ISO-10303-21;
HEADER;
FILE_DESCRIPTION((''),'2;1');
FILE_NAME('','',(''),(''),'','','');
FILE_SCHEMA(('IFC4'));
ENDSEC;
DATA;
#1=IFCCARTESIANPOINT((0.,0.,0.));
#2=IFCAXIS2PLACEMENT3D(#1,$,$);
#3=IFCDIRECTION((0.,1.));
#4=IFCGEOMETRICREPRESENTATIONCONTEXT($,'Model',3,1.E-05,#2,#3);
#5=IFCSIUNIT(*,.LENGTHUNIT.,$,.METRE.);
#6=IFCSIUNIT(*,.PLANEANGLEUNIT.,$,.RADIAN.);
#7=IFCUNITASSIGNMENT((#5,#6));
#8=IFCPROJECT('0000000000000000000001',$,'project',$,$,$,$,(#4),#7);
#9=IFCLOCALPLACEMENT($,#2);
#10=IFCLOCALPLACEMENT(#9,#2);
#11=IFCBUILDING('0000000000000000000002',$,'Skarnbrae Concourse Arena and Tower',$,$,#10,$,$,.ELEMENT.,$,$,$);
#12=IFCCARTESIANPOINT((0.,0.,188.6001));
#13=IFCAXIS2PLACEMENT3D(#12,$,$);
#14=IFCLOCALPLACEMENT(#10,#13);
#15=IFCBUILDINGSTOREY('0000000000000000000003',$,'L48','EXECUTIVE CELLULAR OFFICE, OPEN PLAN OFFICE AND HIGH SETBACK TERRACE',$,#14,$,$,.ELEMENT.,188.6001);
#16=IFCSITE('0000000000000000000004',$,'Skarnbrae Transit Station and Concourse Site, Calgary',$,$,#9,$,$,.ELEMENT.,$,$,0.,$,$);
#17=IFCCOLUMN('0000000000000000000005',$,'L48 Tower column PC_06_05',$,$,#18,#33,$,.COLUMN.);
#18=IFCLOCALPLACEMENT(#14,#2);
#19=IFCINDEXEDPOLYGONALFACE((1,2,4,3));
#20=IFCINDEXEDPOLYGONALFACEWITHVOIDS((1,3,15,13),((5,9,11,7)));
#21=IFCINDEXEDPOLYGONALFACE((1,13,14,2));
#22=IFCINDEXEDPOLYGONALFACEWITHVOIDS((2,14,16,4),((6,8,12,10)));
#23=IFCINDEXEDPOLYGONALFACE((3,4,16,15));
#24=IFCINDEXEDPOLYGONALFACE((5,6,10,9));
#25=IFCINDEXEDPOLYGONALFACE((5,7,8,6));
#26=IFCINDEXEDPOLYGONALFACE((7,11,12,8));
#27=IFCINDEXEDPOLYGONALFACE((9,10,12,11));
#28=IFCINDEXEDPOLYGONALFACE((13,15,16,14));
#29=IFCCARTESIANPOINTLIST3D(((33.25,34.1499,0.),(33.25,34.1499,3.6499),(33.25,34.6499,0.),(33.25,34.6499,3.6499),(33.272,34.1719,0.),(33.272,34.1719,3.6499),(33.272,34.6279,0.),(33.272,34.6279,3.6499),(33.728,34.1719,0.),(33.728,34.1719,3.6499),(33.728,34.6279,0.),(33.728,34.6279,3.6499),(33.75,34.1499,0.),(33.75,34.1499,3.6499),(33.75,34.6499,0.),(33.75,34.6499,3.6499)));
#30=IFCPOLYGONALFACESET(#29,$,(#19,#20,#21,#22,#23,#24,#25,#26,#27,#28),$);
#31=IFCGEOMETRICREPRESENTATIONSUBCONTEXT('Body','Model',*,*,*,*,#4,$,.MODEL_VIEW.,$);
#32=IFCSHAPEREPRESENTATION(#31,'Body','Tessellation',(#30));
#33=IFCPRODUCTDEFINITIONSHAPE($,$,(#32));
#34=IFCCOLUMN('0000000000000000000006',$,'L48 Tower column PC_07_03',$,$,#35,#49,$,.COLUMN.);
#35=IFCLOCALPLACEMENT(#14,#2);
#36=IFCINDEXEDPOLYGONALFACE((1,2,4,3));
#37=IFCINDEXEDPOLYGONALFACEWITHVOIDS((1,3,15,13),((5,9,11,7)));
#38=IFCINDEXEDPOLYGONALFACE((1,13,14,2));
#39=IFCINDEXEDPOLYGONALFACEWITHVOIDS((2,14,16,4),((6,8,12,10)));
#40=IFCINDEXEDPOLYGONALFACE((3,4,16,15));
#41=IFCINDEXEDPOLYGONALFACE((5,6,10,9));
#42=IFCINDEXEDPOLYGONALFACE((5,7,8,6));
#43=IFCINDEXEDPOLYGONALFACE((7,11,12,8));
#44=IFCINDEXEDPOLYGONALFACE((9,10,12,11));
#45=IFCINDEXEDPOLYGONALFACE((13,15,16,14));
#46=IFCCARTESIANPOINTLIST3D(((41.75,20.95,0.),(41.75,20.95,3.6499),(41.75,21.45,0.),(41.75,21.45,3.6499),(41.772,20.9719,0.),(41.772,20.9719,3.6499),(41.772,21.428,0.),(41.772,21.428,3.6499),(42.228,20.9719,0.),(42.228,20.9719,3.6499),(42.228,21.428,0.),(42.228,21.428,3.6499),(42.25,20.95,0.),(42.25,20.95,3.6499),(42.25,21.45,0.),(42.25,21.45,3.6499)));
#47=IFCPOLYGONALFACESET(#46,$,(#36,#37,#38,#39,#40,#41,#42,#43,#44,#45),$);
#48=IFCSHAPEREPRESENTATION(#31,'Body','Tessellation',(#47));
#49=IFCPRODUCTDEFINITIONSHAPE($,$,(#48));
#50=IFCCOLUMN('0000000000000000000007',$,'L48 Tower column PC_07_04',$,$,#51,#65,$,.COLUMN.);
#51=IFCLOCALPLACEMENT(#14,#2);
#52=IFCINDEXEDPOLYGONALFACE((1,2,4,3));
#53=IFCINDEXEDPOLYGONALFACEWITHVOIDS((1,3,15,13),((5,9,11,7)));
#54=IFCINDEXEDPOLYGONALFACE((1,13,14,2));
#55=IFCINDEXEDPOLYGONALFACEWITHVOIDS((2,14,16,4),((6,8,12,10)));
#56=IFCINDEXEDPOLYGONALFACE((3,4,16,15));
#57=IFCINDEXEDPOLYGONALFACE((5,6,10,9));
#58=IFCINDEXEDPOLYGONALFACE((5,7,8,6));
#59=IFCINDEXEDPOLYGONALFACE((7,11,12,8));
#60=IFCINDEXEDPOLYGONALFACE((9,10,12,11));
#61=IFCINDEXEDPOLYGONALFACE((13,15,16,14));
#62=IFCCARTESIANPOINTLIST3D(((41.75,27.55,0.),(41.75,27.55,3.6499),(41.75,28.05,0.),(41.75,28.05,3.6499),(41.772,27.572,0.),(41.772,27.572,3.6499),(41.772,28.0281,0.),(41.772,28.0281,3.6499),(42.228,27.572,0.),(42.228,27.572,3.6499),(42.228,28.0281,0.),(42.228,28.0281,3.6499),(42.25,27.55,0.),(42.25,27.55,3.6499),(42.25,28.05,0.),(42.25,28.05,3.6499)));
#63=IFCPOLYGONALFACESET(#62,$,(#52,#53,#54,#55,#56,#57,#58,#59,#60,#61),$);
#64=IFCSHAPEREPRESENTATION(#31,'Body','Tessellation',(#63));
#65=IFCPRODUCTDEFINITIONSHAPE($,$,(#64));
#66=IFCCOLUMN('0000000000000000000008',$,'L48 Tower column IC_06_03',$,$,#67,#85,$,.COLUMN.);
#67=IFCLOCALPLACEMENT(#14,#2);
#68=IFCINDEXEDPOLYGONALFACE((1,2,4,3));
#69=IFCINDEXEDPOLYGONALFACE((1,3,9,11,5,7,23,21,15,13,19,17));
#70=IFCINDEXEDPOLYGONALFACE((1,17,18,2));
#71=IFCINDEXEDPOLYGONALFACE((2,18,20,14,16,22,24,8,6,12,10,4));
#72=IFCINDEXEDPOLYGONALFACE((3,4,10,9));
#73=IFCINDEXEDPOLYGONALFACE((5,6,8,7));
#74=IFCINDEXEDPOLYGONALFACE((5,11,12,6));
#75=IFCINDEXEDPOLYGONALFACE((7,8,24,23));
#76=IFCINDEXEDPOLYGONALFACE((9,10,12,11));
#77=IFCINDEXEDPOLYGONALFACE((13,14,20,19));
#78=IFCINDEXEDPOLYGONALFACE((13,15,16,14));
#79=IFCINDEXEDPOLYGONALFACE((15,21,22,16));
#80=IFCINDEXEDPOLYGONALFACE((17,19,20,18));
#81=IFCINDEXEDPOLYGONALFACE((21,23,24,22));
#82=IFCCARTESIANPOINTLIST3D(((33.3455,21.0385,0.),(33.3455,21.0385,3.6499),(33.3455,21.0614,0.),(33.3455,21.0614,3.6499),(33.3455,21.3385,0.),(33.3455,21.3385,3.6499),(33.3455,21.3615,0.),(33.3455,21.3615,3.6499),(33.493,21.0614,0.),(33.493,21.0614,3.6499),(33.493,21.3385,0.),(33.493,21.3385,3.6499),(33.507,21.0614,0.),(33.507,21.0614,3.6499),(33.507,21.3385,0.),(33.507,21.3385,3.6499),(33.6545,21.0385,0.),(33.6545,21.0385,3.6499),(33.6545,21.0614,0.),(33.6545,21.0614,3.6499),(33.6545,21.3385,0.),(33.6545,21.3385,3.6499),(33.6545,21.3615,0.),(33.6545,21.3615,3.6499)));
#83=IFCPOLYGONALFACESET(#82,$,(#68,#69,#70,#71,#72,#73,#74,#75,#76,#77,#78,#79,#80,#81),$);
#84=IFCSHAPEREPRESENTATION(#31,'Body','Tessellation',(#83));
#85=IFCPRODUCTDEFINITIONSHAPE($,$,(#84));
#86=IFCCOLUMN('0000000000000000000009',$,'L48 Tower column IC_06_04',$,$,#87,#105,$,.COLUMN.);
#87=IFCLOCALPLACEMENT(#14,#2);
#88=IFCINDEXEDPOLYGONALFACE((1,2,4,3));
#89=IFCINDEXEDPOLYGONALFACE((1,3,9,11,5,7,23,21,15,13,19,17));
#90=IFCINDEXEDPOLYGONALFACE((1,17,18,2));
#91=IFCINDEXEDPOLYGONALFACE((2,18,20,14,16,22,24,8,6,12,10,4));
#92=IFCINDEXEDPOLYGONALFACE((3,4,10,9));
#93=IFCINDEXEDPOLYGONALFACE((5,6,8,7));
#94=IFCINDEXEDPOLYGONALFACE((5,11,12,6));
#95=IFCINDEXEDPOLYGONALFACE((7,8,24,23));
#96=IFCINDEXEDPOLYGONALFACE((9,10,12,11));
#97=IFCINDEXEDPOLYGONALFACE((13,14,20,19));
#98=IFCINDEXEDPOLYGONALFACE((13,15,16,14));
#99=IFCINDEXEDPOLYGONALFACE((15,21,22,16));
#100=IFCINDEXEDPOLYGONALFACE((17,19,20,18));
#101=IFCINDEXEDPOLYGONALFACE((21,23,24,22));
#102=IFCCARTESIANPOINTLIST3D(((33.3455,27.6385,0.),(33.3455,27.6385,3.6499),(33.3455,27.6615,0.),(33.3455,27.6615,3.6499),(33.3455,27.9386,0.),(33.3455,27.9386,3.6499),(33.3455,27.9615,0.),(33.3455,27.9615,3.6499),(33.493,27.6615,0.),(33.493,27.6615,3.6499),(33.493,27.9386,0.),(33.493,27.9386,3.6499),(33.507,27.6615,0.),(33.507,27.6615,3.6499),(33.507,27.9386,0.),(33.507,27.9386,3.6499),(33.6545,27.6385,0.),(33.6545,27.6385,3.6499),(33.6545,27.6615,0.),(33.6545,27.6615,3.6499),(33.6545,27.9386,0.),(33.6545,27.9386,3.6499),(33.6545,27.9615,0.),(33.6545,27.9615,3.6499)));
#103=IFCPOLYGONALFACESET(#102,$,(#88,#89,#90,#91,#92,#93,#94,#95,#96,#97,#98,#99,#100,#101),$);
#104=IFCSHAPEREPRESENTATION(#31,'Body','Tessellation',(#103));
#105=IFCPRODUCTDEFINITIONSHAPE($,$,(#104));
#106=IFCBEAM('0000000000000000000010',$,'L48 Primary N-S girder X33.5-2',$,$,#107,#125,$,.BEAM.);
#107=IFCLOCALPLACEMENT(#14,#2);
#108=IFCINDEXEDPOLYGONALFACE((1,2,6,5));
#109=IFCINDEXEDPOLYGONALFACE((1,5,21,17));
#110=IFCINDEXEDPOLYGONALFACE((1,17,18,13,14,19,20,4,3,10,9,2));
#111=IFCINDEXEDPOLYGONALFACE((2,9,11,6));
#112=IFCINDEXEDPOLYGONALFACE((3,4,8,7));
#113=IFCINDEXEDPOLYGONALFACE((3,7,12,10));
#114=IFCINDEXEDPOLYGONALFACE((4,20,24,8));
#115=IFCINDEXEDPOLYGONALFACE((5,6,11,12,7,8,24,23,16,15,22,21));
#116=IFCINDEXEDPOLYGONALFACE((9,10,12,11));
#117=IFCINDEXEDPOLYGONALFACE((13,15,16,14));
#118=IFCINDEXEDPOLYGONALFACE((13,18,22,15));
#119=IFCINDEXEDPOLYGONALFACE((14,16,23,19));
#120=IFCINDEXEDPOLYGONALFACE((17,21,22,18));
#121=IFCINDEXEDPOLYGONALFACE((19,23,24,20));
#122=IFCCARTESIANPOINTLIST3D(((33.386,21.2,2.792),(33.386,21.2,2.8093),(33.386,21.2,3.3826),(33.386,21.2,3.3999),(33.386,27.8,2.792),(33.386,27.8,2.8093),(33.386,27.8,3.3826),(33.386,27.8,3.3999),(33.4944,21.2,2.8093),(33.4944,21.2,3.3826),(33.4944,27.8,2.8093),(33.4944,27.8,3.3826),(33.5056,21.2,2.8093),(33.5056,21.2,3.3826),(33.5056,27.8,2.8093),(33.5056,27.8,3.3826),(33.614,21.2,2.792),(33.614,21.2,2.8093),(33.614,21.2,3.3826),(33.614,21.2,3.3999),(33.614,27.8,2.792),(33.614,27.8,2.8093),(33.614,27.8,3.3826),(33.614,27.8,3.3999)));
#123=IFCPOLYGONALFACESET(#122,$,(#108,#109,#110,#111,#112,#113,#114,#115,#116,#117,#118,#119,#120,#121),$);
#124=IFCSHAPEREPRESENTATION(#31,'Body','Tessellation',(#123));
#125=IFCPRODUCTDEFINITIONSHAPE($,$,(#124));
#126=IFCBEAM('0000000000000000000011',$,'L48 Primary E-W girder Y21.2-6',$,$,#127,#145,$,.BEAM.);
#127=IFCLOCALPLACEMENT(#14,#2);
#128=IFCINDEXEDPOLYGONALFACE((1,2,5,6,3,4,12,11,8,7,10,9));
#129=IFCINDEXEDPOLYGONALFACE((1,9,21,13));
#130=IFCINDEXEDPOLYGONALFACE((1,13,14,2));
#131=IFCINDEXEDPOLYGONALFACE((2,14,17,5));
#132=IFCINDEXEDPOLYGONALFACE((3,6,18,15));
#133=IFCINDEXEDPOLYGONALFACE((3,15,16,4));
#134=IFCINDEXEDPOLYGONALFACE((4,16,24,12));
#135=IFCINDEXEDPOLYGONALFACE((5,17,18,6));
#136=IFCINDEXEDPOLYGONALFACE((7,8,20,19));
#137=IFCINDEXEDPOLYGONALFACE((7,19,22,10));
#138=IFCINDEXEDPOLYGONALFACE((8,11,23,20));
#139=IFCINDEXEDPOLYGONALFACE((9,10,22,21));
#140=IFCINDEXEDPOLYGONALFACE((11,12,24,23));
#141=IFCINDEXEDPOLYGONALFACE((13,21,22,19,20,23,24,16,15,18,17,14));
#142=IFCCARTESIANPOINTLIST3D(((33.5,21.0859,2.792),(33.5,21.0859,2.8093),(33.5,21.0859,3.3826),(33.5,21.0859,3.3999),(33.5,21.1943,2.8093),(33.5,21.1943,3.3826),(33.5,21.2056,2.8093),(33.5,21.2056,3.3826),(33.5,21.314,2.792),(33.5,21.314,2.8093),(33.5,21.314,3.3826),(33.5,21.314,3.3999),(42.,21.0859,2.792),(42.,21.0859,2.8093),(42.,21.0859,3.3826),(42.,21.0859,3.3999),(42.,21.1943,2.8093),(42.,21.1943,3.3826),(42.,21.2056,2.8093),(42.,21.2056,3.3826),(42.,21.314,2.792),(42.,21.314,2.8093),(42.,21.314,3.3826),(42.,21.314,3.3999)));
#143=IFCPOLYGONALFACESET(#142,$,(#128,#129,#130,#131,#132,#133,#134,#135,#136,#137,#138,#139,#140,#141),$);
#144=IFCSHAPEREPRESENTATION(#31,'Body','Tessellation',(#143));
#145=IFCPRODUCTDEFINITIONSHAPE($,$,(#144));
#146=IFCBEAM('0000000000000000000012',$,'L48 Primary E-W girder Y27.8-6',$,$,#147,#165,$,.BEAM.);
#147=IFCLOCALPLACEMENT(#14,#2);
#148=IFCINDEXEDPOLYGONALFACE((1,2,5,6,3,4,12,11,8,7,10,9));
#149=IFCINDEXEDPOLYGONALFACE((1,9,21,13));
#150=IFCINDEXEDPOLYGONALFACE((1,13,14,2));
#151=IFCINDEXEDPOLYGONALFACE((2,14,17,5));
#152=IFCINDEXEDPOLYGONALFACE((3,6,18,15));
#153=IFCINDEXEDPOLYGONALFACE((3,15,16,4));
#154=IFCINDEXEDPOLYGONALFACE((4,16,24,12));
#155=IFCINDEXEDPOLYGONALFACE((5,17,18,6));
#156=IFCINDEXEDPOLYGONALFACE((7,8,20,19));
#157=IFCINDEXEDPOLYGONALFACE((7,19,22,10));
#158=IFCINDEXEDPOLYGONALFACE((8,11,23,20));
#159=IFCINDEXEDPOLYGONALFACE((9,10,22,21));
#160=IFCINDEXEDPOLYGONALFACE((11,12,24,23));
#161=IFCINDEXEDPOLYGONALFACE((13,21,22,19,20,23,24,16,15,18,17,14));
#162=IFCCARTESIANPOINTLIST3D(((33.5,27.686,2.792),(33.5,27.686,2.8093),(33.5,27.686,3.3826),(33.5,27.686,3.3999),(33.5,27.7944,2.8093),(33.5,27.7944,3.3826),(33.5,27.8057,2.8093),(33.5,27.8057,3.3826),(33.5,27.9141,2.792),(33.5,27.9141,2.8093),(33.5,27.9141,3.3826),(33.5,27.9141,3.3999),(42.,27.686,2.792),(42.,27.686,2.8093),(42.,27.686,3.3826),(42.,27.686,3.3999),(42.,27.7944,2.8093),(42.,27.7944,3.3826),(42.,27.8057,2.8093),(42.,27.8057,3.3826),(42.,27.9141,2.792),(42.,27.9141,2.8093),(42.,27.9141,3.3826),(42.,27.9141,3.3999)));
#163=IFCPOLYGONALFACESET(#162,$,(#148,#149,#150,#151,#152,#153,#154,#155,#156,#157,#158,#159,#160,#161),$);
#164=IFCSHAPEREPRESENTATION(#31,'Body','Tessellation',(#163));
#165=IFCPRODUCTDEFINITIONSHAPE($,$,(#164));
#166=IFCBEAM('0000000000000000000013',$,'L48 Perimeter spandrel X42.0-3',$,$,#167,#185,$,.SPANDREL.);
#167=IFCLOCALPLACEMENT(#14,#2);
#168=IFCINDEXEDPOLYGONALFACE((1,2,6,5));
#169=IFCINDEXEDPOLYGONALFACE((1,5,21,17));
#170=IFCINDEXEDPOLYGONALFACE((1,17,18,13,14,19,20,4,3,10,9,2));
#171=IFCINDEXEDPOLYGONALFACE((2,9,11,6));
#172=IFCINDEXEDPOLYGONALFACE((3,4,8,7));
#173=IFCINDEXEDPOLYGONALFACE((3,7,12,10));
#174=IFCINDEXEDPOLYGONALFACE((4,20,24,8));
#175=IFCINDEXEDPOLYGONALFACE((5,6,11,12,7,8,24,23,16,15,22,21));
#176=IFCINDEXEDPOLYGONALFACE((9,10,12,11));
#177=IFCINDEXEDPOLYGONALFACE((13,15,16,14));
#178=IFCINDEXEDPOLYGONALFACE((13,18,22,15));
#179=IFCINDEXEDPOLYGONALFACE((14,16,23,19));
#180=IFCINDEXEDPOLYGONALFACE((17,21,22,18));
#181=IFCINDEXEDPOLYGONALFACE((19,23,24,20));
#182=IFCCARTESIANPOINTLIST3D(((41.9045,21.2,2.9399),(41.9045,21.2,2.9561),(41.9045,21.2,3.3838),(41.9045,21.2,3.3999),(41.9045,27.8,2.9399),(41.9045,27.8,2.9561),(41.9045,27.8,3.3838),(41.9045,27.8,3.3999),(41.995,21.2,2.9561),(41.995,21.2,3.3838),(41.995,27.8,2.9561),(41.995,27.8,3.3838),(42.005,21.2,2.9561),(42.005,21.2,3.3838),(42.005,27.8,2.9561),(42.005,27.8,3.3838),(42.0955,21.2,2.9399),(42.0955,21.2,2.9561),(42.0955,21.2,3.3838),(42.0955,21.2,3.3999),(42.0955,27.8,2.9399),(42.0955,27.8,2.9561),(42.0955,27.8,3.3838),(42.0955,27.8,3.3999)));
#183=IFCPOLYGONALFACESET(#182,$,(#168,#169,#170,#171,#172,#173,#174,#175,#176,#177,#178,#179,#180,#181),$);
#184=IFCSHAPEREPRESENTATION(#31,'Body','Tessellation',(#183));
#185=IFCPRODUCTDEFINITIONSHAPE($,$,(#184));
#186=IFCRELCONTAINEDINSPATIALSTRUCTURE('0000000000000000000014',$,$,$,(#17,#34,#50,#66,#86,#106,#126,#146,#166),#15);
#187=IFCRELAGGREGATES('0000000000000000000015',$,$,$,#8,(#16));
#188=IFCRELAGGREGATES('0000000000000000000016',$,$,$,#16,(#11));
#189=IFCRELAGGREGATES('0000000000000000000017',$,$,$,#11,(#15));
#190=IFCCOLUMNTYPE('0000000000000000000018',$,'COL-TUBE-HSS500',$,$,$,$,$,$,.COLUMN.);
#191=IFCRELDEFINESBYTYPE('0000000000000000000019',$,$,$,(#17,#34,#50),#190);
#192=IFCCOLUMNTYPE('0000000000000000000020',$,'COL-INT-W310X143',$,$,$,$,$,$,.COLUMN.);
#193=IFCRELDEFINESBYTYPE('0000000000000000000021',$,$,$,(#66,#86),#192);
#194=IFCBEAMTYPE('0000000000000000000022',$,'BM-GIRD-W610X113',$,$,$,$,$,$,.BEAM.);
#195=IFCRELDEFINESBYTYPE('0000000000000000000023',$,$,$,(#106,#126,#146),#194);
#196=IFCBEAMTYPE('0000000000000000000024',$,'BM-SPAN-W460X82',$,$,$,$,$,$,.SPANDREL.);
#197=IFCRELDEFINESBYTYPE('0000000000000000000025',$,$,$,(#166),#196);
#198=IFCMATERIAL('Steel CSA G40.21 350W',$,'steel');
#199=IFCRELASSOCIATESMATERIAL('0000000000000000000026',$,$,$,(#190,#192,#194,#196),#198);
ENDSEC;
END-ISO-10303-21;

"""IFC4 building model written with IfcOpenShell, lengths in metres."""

from ifc_helpers import new_model, si_unit, direction, frame, origin, origin_2d, place, context, subcontext, project, spatial, hollow_rectangle, i_section, extrude, source, transform, mapped, material, material_profile, profile_set, type_object, element, save


model = new_model("IFC4")

# Units and contexts
model_context = context("Model", 3, precision=1e-05, world=origin(), true_north=direction((0.0, 1.0)))
body_context = subcontext(model_context, "Body", "Model", "MODEL_VIEW")
ifc_project = project(units=[si_unit("LENGTHUNIT", "METRE"), si_unit("PLANEANGLEUNIT", "RADIAN")], contexts=[model_context])

# Site, building, storey
site_placement = place(None, origin())
site = spatial("IfcSite", under=ifc_project, at=site_placement, Name="Skarnbrae Transit Station and Concourse Site, Calgary", CompositionType="ELEMENT", RefElevation=0.0)
building_placement = place(site_placement, origin())
building = spatial("IfcBuilding", under=site, at=building_placement, Name="Skarnbrae Concourse Arena and Tower", CompositionType="ELEMENT")
storey_placement = place(building_placement, frame((0.0, 0.0, 188.6001)))
storey = spatial("IfcBuildingStorey", under=building, at=storey_placement, Name="L48", Description="EXECUTIVE CELLULAR OFFICE, OPEN PLAN OFFICE AND HIGH SETBACK TERRACE", CompositionType="ELEMENT", Elevation=188.6001)

# Columns
ifc_material_1 = material(Name="Steel CSA G40.21 350W", Category="steel")
ifc_material_profile_1 = material_profile(ifc_material_1, hollow_rectangle(XDim=0.5, YDim=0.5, WallThickness=0.022, at=origin_2d()), Name="HSS500X500X22.0")
ifc_profile_set_1 = profile_set([ifc_material_profile_1], Name="Steel CSA G40.21 350W")
column_type_1 = type_object("IfcColumnType", Name="COL-TUBE-HSS500", PredefinedType="COLUMN", material=ifc_profile_set_1)
shared_shape_1 = source(origin(), body_context, "Body", "SweptSolid", [
    extrude(hollow_rectangle(XDim=0.5, YDim=0.5, WallThickness=0.022, at=origin_2d()), origin(), (0.0, 0.0, 1.0), 3.6499),
])
for number, where, z_axis, x_axis, name in (
    (1, (33.5, 34.3999, 0.0), (0.0, 0.0, 1.0), (1.0, 0.0, 0.0), "L48 Tower column PC_06_05"),
    (2, (42.0, 21.2, 0.0), (0.0, 0.0, 1.0), (1.0, 0.0, 0.0), "L48 Tower column PC_07_03"),
    (3, (42.0, 27.8, 0.0), (0.0, 0.0, 1.0), (1.0, 0.0, 0.0), "L48 Tower column PC_07_04"),
):
    element("IfcColumn", number, at=place(storey_placement, frame(where, z_axis=z_axis, x_axis=x_axis)), inside=storey, type_object=column_type_1, Name=name, PredefinedType="COLUMN", context=body_context, shape_type="MappedRepresentation", body=[
        mapped(shared_shape_1, transform((0.0, 0.0, 0.0))),
    ])
ifc_material_profile_2 = material_profile(ifc_material_1, i_section(OverallWidth=0.3091, OverallDepth=0.323, WebThickness=0.0139, FlangeThickness=0.0229, at=origin_2d()), Name="W310X143")
ifc_profile_set_2 = profile_set([ifc_material_profile_2], Name="Steel CSA G40.21 350W")
column_type_2 = type_object("IfcColumnType", Name="COL-INT-W310X143", PredefinedType="COLUMN", material=ifc_profile_set_2)
shared_shape_2 = source(origin(), body_context, "Body", "SweptSolid", [
    extrude(i_section(OverallWidth=0.3091, OverallDepth=0.323, WebThickness=0.0139, FlangeThickness=0.0229, at=origin_2d()), origin(), (0.0, 0.0, 1.0), 3.6499),
])
for number, where, z_axis, x_axis, name in (
    (4, (33.5, 21.2, 0.0), (0.0, 0.0, 1.0), (1.0, 0.0, 0.0), "L48 Tower column IC_06_03"),
    (5, (33.5, 27.8, 0.0), (0.0, 0.0, 1.0), (1.0, 0.0, 0.0), "L48 Tower column IC_06_04"),
):
    element("IfcColumn", number, at=place(storey_placement, frame(where, z_axis=z_axis, x_axis=x_axis)), inside=storey, type_object=column_type_2, Name=name, PredefinedType="COLUMN", context=body_context, shape_type="MappedRepresentation", body=[
        mapped(shared_shape_2, transform((0.0, 0.0, 0.0))),
    ])

# Beams
ifc_material_profile_3 = material_profile(ifc_material_1, i_section(OverallWidth=0.228, OverallDepth=0.6079, WebThickness=0.0112, FlangeThickness=0.0173, at=origin_2d()), Name="W610X113")
ifc_profile_set_3 = profile_set([ifc_material_profile_3], Name="Steel CSA G40.21 350W")
beam_type_1 = type_object("IfcBeamType", Name="BM-GIRD-W610X113", PredefinedType="BEAM", material=ifc_profile_set_3)
shared_shape_3 = source(origin(), body_context, "Body", "SweptSolid", [
    extrude(i_section(OverallWidth=0.228, OverallDepth=0.6079, WebThickness=0.0112, FlangeThickness=0.0173, at=origin_2d()), origin(), (0.0, 0.0, 1.0), 6.6001),
])
beam_1_placement = place(storey_placement, frame((33.5, 21.2, 3.0959), z_axis=(0.0, 1.0, 0.0), x_axis=(-1.0, 0.0, 0.0)))
element("IfcBeam", 6, at=beam_1_placement, inside=storey, type_object=beam_type_1, Name="L48 Primary N-S girder X33.5-2", PredefinedType="BEAM", context=body_context, shape_type="MappedRepresentation", body=[
    mapped(shared_shape_3, transform((0.0, 0.0, 0.0))),
])
shared_shape_4 = source(origin(), body_context, "Body", "SweptSolid", [
    extrude(i_section(OverallWidth=0.228, OverallDepth=0.6079, WebThickness=0.0112, FlangeThickness=0.0173, at=origin_2d()), origin(), (0.0, 0.0, 1.0), 8.5),
])
for number, where, z_axis, x_axis, name in (
    (7, (33.5, 21.2, 3.0959), (1.0, 0.0, 0.0), (0.0, 1.0, 0.0), "L48 Primary E-W girder Y21.2-6"),
    (8, (33.5, 27.8, 3.0959), (1.0, 0.0, 0.0), (0.0, 1.0, 0.0), "L48 Primary E-W girder Y27.8-6"),
):
    element("IfcBeam", number, at=place(storey_placement, frame(where, z_axis=z_axis, x_axis=x_axis)), inside=storey, type_object=beam_type_1, Name=name, PredefinedType="BEAM", context=body_context, shape_type="MappedRepresentation", body=[
        mapped(shared_shape_4, transform((0.0, 0.0, 0.0))),
    ])
ifc_material_profile_4 = material_profile(ifc_material_1, i_section(OverallWidth=0.1909, OverallDepth=0.46, WebThickness=0.01, FlangeThickness=0.0161, at=origin_2d()), Name="W460X82")
ifc_profile_set_4 = profile_set([ifc_material_profile_4], Name="Steel CSA G40.21 350W")
beam_type_2 = type_object("IfcBeamType", Name="BM-SPAN-W460X82", PredefinedType="SPANDREL", material=ifc_profile_set_4)
shared_shape_5 = source(origin(), body_context, "Body", "SweptSolid", [
    extrude(i_section(OverallWidth=0.1909, OverallDepth=0.46, WebThickness=0.01, FlangeThickness=0.0161, at=origin_2d()), origin(), (0.0, 0.0, 1.0), 6.6001),
])
beam_2_placement = place(storey_placement, frame((42.0, 21.2, 3.1699), z_axis=(0.0, 1.0, 0.0), x_axis=(-1.0, 0.0, 0.0)))
element("IfcBeam", 9, at=beam_2_placement, inside=storey, type_object=beam_type_2, Name="L48 Perimeter spandrel X42.0-3", PredefinedType="SPANDREL", context=body_context, shape_type="MappedRepresentation", body=[
    mapped(shared_shape_5, transform((0.0, 0.0, 0.0))),
])

save(model, "model.ifc")
